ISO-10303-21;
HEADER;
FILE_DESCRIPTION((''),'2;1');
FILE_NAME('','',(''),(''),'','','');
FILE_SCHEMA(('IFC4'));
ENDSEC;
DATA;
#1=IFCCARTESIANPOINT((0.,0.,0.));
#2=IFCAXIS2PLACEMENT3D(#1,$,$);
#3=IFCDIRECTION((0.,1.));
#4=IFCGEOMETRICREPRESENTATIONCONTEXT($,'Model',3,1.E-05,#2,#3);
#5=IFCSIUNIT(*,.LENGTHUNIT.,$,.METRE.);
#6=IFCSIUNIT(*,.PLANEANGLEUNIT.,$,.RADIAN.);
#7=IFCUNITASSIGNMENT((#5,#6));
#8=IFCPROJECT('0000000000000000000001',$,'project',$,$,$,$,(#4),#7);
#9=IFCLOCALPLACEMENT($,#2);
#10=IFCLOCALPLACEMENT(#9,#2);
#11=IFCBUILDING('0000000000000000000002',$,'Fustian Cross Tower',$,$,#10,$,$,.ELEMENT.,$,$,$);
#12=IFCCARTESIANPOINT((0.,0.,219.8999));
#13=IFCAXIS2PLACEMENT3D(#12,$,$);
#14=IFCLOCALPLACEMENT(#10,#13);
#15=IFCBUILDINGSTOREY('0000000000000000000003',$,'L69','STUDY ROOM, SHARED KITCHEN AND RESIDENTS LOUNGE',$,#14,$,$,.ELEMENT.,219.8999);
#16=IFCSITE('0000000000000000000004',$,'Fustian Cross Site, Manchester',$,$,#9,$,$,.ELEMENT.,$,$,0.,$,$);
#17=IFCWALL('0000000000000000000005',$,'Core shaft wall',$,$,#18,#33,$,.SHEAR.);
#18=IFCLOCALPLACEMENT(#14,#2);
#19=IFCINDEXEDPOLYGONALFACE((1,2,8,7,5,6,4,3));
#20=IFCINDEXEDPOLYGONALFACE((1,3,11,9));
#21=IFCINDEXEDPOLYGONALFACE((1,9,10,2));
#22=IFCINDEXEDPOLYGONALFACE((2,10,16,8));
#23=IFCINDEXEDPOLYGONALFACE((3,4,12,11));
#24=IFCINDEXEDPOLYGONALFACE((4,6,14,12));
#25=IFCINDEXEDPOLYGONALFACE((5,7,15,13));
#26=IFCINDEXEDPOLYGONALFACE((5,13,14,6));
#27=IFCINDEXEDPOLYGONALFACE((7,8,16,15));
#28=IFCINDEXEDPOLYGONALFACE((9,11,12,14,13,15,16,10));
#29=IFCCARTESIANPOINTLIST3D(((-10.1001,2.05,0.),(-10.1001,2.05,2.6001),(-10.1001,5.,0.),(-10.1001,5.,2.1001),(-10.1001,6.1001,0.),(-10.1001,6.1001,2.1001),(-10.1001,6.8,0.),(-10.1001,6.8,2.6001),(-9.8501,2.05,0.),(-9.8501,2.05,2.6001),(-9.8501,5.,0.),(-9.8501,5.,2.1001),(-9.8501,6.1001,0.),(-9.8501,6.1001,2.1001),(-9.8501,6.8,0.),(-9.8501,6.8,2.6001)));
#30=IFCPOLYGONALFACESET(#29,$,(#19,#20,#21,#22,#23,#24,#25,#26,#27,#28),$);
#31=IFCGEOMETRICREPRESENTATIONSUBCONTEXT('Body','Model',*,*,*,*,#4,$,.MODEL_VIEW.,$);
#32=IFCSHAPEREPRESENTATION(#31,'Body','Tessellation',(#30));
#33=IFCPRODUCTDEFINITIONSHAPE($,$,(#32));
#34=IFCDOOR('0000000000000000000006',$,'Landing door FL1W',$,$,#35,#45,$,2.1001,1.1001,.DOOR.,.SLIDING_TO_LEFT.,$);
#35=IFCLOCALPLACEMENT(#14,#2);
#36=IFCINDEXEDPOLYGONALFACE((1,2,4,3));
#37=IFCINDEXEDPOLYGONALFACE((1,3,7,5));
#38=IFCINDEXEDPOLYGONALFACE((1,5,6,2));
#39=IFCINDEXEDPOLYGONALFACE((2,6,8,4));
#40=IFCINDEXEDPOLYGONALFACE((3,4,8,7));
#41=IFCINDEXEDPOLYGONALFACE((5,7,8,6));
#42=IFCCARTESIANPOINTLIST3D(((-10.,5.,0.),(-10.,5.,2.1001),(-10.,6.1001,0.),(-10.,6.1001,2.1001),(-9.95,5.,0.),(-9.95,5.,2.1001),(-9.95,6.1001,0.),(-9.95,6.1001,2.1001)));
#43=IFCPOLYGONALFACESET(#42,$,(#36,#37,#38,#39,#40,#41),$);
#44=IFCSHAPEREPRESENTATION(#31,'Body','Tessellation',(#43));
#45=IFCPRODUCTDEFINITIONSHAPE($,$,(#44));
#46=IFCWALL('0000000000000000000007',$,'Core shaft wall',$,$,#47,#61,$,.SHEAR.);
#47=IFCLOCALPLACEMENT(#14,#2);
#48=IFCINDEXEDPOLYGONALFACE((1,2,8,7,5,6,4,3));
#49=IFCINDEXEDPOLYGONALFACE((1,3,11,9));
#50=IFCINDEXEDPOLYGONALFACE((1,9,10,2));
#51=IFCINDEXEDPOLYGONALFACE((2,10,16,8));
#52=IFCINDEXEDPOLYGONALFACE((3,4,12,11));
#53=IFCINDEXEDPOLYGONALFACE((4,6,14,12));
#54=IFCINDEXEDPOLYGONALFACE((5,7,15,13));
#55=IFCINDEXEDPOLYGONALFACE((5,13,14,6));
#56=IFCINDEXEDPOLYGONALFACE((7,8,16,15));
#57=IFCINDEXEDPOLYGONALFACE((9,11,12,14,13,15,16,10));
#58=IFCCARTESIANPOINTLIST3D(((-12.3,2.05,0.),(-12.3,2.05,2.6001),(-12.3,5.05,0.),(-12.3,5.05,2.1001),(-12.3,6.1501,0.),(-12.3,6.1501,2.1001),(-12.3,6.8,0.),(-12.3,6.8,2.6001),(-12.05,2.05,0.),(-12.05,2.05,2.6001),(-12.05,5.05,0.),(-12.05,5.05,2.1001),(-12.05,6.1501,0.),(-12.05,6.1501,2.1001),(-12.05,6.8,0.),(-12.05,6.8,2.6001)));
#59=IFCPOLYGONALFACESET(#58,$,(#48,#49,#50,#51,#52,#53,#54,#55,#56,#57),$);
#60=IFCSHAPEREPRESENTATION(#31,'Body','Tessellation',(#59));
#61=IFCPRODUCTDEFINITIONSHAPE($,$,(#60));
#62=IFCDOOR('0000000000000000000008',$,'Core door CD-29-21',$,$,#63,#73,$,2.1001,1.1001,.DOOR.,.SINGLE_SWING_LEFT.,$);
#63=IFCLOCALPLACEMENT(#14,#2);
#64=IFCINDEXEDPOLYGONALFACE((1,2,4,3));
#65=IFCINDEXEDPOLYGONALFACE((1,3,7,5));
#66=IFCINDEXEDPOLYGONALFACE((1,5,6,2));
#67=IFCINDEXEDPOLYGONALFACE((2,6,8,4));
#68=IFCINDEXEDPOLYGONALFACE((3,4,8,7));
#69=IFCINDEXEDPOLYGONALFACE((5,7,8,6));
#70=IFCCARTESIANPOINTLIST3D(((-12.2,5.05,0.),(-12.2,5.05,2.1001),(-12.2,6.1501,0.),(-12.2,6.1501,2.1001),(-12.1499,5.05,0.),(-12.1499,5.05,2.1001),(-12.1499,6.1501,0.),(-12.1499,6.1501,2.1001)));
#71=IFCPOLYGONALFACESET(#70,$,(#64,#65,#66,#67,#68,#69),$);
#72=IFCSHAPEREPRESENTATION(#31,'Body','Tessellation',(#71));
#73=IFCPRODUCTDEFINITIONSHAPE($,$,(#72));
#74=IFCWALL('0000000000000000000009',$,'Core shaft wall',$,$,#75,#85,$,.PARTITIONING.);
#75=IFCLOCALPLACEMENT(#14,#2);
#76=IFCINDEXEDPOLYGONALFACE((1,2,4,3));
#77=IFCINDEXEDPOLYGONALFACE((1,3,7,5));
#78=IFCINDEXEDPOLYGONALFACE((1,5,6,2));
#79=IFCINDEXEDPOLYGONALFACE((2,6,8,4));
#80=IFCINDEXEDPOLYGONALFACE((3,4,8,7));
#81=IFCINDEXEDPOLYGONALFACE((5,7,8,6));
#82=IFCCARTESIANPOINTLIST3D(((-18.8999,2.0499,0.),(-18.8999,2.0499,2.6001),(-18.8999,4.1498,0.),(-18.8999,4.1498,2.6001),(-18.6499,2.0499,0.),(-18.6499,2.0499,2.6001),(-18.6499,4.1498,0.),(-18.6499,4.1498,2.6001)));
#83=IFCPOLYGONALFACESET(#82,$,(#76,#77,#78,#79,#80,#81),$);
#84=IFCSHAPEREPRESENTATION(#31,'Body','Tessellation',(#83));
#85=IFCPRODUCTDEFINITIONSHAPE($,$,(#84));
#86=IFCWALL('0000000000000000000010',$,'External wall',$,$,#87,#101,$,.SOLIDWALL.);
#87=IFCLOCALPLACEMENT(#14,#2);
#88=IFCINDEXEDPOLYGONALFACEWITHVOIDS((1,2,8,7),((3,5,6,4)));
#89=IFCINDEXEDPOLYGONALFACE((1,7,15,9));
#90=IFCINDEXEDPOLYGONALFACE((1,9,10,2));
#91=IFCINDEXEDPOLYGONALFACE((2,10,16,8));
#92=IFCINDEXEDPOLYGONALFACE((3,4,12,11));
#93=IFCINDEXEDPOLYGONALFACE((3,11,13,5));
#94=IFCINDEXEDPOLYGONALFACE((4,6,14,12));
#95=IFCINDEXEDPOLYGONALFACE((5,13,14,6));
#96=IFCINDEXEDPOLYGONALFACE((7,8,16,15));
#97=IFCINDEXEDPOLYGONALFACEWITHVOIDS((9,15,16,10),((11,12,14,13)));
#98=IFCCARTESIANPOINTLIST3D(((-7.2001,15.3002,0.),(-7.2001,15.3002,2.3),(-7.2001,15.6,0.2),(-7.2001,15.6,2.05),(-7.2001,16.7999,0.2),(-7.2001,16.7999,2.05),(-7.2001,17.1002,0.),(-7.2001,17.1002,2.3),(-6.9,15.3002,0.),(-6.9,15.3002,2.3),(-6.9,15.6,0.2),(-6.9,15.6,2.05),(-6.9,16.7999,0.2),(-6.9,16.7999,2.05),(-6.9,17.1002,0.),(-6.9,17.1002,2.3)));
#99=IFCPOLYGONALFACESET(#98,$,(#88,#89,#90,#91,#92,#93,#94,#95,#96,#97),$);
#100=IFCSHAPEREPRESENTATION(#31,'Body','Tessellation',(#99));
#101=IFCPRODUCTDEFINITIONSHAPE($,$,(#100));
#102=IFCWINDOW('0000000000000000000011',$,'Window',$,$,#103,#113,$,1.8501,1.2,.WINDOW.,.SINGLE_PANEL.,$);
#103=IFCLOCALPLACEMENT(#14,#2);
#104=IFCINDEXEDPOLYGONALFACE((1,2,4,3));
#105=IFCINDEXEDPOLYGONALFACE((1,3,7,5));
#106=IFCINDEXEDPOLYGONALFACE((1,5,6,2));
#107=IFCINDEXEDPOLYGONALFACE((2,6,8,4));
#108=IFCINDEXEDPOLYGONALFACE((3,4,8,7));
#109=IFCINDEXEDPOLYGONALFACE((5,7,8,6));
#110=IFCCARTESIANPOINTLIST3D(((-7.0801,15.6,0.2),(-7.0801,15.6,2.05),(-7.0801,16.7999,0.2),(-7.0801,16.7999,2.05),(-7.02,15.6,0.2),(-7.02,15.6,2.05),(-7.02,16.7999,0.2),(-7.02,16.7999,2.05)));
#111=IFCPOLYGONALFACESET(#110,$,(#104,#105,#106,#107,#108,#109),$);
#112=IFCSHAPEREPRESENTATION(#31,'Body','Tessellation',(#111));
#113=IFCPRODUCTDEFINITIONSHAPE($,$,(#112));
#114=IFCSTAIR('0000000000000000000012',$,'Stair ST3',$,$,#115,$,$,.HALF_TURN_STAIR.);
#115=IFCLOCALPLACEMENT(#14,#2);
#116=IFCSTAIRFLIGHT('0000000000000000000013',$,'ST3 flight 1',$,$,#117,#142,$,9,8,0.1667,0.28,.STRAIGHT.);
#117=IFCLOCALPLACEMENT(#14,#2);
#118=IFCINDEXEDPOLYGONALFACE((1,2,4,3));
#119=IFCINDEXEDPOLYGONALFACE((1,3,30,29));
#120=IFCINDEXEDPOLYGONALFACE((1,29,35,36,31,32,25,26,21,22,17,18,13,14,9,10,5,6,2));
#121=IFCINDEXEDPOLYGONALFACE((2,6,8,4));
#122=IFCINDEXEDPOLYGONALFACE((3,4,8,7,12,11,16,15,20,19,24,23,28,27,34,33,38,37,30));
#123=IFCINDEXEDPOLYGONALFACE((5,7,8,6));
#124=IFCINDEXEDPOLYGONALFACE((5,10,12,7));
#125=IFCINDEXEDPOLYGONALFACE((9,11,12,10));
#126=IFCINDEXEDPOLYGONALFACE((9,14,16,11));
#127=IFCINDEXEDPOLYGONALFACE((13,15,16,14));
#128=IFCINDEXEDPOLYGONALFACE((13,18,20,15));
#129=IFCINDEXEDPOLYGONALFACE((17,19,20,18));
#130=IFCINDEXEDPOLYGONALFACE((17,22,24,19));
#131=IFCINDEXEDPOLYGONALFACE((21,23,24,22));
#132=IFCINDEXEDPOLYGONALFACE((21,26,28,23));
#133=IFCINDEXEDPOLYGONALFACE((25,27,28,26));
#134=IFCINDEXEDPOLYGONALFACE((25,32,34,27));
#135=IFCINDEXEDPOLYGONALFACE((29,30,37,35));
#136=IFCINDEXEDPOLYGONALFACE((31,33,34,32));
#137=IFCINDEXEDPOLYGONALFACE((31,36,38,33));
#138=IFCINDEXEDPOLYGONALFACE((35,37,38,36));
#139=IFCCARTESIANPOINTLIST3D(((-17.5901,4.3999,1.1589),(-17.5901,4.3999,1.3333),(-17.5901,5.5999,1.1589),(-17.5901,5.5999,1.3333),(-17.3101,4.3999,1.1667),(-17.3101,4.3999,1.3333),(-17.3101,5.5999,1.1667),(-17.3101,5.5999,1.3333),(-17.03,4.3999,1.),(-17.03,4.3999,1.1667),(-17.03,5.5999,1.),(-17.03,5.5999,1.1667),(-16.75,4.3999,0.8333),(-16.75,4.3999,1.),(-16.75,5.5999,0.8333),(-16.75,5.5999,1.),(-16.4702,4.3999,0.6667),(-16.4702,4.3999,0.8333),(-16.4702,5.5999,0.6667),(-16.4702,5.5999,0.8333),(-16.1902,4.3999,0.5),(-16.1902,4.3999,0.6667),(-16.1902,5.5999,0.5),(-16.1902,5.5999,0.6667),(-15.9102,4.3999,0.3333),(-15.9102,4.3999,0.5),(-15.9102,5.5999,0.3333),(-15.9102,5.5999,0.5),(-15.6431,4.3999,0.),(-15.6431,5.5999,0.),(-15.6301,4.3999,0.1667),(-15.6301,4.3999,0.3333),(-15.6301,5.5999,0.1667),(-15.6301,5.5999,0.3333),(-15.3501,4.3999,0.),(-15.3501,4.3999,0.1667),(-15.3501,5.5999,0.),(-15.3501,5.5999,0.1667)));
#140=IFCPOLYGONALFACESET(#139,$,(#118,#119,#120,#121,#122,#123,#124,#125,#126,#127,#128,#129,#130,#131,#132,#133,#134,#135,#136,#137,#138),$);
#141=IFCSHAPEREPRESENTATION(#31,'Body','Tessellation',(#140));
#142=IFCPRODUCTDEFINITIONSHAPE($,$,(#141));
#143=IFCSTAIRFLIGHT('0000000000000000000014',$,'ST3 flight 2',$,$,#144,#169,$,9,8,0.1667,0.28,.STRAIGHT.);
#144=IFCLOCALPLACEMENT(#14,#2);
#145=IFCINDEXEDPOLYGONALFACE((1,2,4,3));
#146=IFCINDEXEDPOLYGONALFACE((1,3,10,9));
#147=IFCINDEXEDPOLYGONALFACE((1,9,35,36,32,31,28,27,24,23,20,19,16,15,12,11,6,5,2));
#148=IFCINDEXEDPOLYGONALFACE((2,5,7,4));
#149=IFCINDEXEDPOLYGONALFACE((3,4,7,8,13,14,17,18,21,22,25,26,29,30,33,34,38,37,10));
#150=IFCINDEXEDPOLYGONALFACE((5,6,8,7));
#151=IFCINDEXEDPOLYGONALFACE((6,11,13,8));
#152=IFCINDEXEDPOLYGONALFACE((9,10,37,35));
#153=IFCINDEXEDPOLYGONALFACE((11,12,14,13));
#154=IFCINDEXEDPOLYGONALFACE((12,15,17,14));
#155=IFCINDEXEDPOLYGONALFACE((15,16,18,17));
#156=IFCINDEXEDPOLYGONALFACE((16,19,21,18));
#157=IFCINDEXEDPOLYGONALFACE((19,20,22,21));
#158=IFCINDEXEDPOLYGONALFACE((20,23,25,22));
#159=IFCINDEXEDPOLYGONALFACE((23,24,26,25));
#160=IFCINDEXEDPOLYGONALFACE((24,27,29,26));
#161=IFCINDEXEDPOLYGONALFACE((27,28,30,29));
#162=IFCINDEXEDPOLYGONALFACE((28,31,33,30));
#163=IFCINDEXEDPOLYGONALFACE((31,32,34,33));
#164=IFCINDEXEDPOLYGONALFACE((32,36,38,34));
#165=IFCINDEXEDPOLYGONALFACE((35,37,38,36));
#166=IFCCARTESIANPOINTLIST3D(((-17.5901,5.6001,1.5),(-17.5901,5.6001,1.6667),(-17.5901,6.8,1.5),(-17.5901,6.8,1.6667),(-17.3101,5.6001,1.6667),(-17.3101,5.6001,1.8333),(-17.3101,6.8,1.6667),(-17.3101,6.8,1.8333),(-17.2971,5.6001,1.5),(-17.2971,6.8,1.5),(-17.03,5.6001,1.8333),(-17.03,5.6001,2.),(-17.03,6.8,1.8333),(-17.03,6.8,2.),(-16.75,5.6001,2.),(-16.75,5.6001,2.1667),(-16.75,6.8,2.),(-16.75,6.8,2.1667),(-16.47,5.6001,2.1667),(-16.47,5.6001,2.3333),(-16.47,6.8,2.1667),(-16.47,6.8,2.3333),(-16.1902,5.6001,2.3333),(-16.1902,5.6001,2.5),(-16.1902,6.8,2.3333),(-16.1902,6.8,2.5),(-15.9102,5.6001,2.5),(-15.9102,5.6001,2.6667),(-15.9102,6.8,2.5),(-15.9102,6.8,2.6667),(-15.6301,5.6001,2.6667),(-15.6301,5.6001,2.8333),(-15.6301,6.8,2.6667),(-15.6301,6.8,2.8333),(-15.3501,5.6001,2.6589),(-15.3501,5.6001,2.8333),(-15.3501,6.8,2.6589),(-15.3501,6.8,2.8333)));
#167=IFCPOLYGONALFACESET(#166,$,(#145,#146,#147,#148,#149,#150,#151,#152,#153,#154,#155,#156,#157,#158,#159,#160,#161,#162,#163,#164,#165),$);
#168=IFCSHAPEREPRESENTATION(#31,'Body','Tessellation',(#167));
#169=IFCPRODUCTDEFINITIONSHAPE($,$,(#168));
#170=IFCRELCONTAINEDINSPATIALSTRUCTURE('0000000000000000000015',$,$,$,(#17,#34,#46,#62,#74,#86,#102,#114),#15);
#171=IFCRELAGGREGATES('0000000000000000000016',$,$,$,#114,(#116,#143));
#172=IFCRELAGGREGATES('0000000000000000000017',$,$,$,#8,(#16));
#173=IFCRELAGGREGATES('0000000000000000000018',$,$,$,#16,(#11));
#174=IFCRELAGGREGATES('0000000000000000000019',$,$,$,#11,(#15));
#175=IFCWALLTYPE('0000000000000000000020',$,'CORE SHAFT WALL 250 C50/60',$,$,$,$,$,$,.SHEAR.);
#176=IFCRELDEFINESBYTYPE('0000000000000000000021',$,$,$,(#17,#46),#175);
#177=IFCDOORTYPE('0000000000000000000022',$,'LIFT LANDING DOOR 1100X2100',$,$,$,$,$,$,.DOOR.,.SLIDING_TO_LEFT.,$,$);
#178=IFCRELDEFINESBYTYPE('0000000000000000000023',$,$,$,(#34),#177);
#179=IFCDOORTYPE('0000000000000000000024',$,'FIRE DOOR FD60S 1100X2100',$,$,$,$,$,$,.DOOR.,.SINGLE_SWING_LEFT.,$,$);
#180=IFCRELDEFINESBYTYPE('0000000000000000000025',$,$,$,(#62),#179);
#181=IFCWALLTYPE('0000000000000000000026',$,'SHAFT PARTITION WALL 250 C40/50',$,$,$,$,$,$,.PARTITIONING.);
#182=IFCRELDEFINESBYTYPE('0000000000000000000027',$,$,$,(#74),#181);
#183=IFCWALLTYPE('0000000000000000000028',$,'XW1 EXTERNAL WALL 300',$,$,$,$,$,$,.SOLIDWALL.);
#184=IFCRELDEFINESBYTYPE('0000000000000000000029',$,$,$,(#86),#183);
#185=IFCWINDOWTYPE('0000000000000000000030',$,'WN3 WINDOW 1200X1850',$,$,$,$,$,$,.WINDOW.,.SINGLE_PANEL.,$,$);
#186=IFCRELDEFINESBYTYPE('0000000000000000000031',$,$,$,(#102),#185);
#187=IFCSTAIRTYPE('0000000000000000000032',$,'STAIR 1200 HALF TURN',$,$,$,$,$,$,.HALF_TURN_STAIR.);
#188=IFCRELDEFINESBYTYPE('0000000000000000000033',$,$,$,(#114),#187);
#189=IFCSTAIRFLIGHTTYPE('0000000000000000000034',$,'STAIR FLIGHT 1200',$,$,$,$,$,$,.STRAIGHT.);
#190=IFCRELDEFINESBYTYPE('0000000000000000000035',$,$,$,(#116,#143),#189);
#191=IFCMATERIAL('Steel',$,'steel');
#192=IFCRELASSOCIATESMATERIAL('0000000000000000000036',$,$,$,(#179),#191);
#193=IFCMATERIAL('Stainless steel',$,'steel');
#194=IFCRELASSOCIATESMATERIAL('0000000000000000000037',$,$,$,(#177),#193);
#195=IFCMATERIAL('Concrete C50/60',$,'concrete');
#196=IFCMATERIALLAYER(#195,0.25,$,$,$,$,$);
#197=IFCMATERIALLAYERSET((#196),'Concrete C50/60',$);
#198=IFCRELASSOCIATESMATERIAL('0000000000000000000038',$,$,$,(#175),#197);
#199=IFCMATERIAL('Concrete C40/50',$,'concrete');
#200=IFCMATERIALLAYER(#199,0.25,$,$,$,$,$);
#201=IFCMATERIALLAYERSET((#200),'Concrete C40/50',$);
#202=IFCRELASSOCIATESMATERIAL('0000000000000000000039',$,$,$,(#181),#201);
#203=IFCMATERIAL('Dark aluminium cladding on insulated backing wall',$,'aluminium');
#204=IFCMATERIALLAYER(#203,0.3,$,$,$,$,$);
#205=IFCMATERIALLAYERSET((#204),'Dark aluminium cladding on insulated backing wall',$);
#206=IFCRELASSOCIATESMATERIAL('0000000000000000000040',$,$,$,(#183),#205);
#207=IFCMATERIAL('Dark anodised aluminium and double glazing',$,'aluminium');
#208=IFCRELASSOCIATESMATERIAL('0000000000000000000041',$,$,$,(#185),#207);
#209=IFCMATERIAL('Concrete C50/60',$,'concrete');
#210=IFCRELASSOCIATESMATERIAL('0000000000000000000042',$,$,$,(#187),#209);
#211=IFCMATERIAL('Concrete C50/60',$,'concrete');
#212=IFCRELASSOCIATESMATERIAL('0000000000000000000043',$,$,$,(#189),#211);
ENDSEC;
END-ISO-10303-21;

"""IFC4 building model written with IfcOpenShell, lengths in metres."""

from ifc_helpers import new_model, si_unit, direction, frame, frame_2d, origin, place, context, subcontext, project, spatial, polyline, rectangle, outline, extrude, material, layer, layer_set, type_object, element, fill, aggregate, save


model = new_model("IFC4")

# Units and contexts
model_context = context("Model", 3, precision=1e-05, world=origin(), true_north=direction((0.0, 1.0)))
body_context = subcontext(model_context, "Body", "Model", "MODEL_VIEW")
ifc_project = project(units=[si_unit("LENGTHUNIT", "METRE"), si_unit("PLANEANGLEUNIT", "RADIAN")], contexts=[model_context])

# Site, building, storey
site_placement = place(None, origin())
site = spatial("IfcSite", under=ifc_project, at=site_placement, Name="Fustian Cross Site, Manchester", CompositionType="ELEMENT", RefElevation=0.0)
building_placement = place(site_placement, origin())
building = spatial("IfcBuilding", under=site, at=building_placement, Name="Fustian Cross Tower", CompositionType="ELEMENT")
storey_placement = place(building_placement, frame((0.0, 0.0, 219.8999)))
storey = spatial("IfcBuildingStorey", under=building, at=storey_placement, Name="L69", Description="STUDY ROOM, SHARED KITCHEN AND RESIDENTS LOUNGE", CompositionType="ELEMENT", Elevation=219.8999)

# Shared definitions
ifc_material_1 = material(Name="Steel", Category="steel")
door_type_1 = type_object("IfcDoorType", Name="FIRE DOOR FD60S 1100X2100", OperationType="SINGLE_SWING_LEFT", PredefinedType="DOOR", material=ifc_material_1)
ifc_material_2 = material(Name="Stainless steel", Category="steel")
door_type_2 = type_object("IfcDoorType", Name="LIFT LANDING DOOR 1100X2100", OperationType="SLIDING_TO_LEFT", PredefinedType="DOOR", material=ifc_material_2)

# Shared definitions
ifc_material_3 = material(Name="Concrete C50/60", Category="concrete")
ifc_layer_1 = layer(ifc_material_3, 0.25)
ifc_layer_set_1 = layer_set([ifc_layer_1], Name="Concrete C50/60")
wall_type_1 = type_object("IfcWallType", Name="CORE SHAFT WALL 250 C50/60", PredefinedType="SHEAR", material=ifc_layer_set_1)

# Walls, openings, doors
wall_1_placement = place(storey_placement, frame((-9.9751, 2.05, 0.0), z_axis=(0.0, 0.0, 1.0), x_axis=(0.0, 1.0, 0.0)))
wall_1 = element("IfcWall", 1, at=wall_1_placement, inside=storey, type_object=wall_type_1, Name="Core shaft wall", PredefinedType="SHEAR", context=body_context, shape_type="SweptSolid", body=[
    extrude(rectangle(XDim=4.75, YDim=0.25, at=frame_2d((2.375, 0.0))), origin(), (0.0, 0.0, 1.0), 2.6001),
])
opening_1_placement = place(wall_1_placement, frame((2.95, 0.0, 0.0)))
opening_1 = element("IfcOpeningElement", 2, at=opening_1_placement, cuts=wall_1, PredefinedType="OPENING", context=body_context, shape_type="SweptSolid", body=[
    extrude(rectangle(XDim=1.1001, YDim=2.1001, at=frame_2d((0.55, 1.05))), frame((0.0, 0.135, 0.0), z_axis=(0.0, -1.0, 0.0), x_axis=(1.0, 0.0, 0.0)), (0.0, 0.0, 1.0), 0.27),
])
door_1_placement = place(opening_1_placement, origin())
door_1 = element("IfcDoor", 3, at=door_1_placement, inside=storey, type_object=door_type_2, Name="Landing door FL1W", OperationType="SLIDING_TO_LEFT", OverallHeight=2.1001, OverallWidth=1.1001, PredefinedType="DOOR", context=body_context, shape_type="SweptSolid", body=[
    extrude(rectangle(XDim=1.1001, YDim=2.1001, at=frame_2d((0.55, 1.05))), frame((0.0, 0.0249, 0.0), z_axis=(0.0, -1.0, 0.0), x_axis=(1.0, 0.0, 0.0)), (0.0, 0.0, 1.0), 0.05),
])
fill(opening_1, door_1)
wall_2_placement = place(storey_placement, frame((-12.175, 2.05, 0.0), z_axis=(0.0, 0.0, 1.0), x_axis=(0.0, 1.0, 0.0)))
wall_2 = element("IfcWall", 4, at=wall_2_placement, inside=storey, type_object=wall_type_1, Name="Core shaft wall", PredefinedType="SHEAR", context=body_context, shape_type="SweptSolid", body=[
    extrude(rectangle(XDim=4.75, YDim=0.25, at=frame_2d((2.375, 0.0))), origin(), (0.0, 0.0, 1.0), 2.6001),
])
opening_2_placement = place(wall_2_placement, frame((3.0, 0.0, 0.0)))
opening_2 = element("IfcOpeningElement", 5, at=opening_2_placement, cuts=wall_2, PredefinedType="OPENING", context=body_context, shape_type="SweptSolid", body=[
    extrude(rectangle(XDim=1.1001, YDim=2.1001, at=frame_2d((0.55, 1.05))), frame((0.0, 0.135, 0.0), z_axis=(0.0, -1.0, 0.0), x_axis=(1.0, 0.0, 0.0)), (0.0, 0.0, 1.0), 0.27),
])
door_2_placement = place(opening_2_placement, origin())
door_2 = element("IfcDoor", 6, at=door_2_placement, inside=storey, type_object=door_type_1, Name="Core door CD-29-21", OperationType="SINGLE_SWING_LEFT", OverallHeight=2.1001, OverallWidth=1.1001, PredefinedType="DOOR", context=body_context, shape_type="SweptSolid", body=[
    extrude(rectangle(XDim=1.1001, YDim=2.1001, at=frame_2d((0.55, 1.05))), frame((0.0, 0.0249, 0.0), z_axis=(0.0, -1.0, 0.0), x_axis=(1.0, 0.0, 0.0)), (0.0, 0.0, 1.0), 0.05),
])
fill(opening_2, door_2)

# Wall
ifc_material_4 = material(Name="Concrete C40/50", Category="concrete")
ifc_layer_2 = layer(ifc_material_4, 0.25)
ifc_layer_set_2 = layer_set([ifc_layer_2], Name="Concrete C40/50")
wall_type_2 = type_object("IfcWallType", Name="SHAFT PARTITION WALL 250 C40/50", PredefinedType="PARTITIONING", material=ifc_layer_set_2)
wall_3_placement = place(storey_placement, frame((-18.7749, 2.05, 0.0), z_axis=(0.0, 0.0, 1.0), x_axis=(0.0, 1.0, 0.0)))
element("IfcWall", 7, at=wall_3_placement, inside=storey, type_object=wall_type_2, Name="Core shaft wall", PredefinedType="PARTITIONING", context=body_context, shape_type="SweptSolid", body=[
    extrude(rectangle(XDim=2.0999, YDim=0.25, at=frame_2d((1.0498, 0.0))), origin(), (0.0, 0.0, 1.0), 2.6001),
])

# Wall, opening, window
ifc_material_5 = material(Name="Dark aluminium cladding on insulated backing wall", Category="aluminium")
ifc_layer_3 = layer(ifc_material_5, 0.3)
ifc_layer_set_3 = layer_set([ifc_layer_3], Name="Dark aluminium cladding on insulated backing wall")
wall_type_3 = type_object("IfcWallType", Name="XW1 EXTERNAL WALL 300", PredefinedType="SOLIDWALL", material=ifc_layer_set_3)
wall_4_placement = place(storey_placement, frame((-7.05, 17.1001, 0.0), z_axis=(0.0, 0.0, 1.0), x_axis=(0.0, -1.0, 0.0)))
wall_4 = element("IfcWall", 8, at=wall_4_placement, inside=storey, type_object=wall_type_3, Name="External wall", PredefinedType="SOLIDWALL", context=body_context, shape_type="SweptSolid", body=[
    extrude(rectangle(XDim=1.8, YDim=0.3, at=frame_2d((0.8999, 0.0))), origin(), (0.0, 0.0, 1.0), 2.3),
])
opening_3_placement = place(wall_4_placement, frame((0.3, 0.0, 0.2)))
opening_3 = element("IfcOpeningElement", 9, at=opening_3_placement, cuts=wall_4, PredefinedType="OPENING", context=body_context, shape_type="SweptSolid", body=[
    extrude(rectangle(XDim=1.2, YDim=1.8501, at=frame_2d((0.6001, 0.925))), frame((0.0, 0.1599, 0.0), z_axis=(0.0, -1.0, 0.0), x_axis=(1.0, 0.0, 0.0)), (0.0, 0.0, 1.0), 0.3201),
])
ifc_material_6 = material(Name="Dark anodised aluminium and double glazing", Category="aluminium")
window_type = type_object("IfcWindowType", Name="WN3 WINDOW 1200X1850", PartitioningType="SINGLE_PANEL", PredefinedType="WINDOW", material=ifc_material_6)
window_placement = place(opening_3_placement, origin())
window = element("IfcWindow", 10, at=window_placement, inside=storey, type_object=window_type, Name="Window", OverallHeight=1.8501, OverallWidth=1.2, PartitioningType="SINGLE_PANEL", PredefinedType="WINDOW", context=body_context, shape_type="SweptSolid", body=[
    extrude(rectangle(XDim=1.2, YDim=1.8501, at=frame_2d((0.6001, 0.925))), frame((0.0, 0.03, 0.0), z_axis=(0.0, -1.0, 0.0), x_axis=(1.0, 0.0, 0.0)), (0.0, 0.0, 1.0), 0.0601),
])
fill(opening_3, window)

# Stair, stair flights
ifc_material_7 = material(Name="Concrete C50/60", Category="concrete")
stair_type = type_object("IfcStairType", Name="STAIR 1200 HALF TURN", PredefinedType="HALF_TURN_STAIR", material=ifc_material_7)
stair_placement = place(storey_placement, origin())
stair = element("IfcStair", 11, at=stair_placement, inside=storey, type_object=stair_type, Name="Stair ST3", PredefinedType="HALF_TURN_STAIR")
ifc_material_8 = material(Name="Concrete C50/60", Category="concrete")
stair_flight_type = type_object("IfcStairFlightType", Name="STAIR FLIGHT 1200", PredefinedType="STRAIGHT", material=ifc_material_8)
stair_flight_1_placement = place(storey_placement, frame((-15.3501, 5.0, 0.0), z_axis=(0.0, 0.0, 1.0), x_axis=(-1.0, 0.0, 0.0)))
stair_flight_1 = element("IfcStairFlight", 12, at=stair_flight_1_placement, type_object=stair_flight_type, Name="ST3 flight 1", NumberOfRisers=9, NumberOfTreads=8, PredefinedType="STRAIGHT", RiserHeight=0.1667, TreadLength=0.28, context=body_context, shape_type="SweptSolid", body=[
    extrude(outline(polyline([(0.0, 0.0), (0.0, 0.1667), (0.28, 0.1667), (0.28, 0.3333), (0.5601, 0.3333), (0.5601, 0.5), (0.8401, 0.5), (0.8401, 0.6667), (1.1201, 0.6667), (1.1201, 0.8333), (1.3999, 0.8333), (1.3999, 1.0), (1.6799, 1.0), (1.6799, 1.1667), (1.96, 1.1667), (1.96, 1.3333), (2.24, 1.3333), (2.24, 1.5), (2.24, 1.1589), (0.293, 0.0), (0.0, 0.0)])), frame((0.0, 0.6001, 0.0), z_axis=(0.0, -1.0, 0.0), x_axis=(1.0, 0.0, 0.0)), (0.0, 0.0, 1.0), 1.2),
])
stair_flight_2_placement = place(storey_placement, frame((-17.5901, 6.2, 1.5), z_axis=(0.0, 0.0, 1.0), x_axis=(1.0, 0.0, 0.0)))
stair_flight_2 = element("IfcStairFlight", 13, at=stair_flight_2_placement, type_object=stair_flight_type, Name="ST3 flight 2", NumberOfRisers=9, NumberOfTreads=8, PredefinedType="STRAIGHT", RiserHeight=0.1667, TreadLength=0.28, context=body_context, shape_type="SweptSolid", body=[
    extrude(outline(polyline([(0.0, 0.0), (0.0, 0.1667), (0.28, 0.1667), (0.28, 0.3333), (0.5601, 0.3333), (0.5601, 0.5), (0.8401, 0.5), (0.8401, 0.6667), (1.1201, 0.6667), (1.1201, 0.8333), (1.3999, 0.8333), (1.3999, 1.0), (1.6799, 1.0), (1.6799, 1.1667), (1.96, 1.1667), (1.96, 1.3333), (2.24, 1.3333), (2.24, 1.5), (2.24, 1.1589), (0.293, 0.0), (0.0, 0.0)])), frame((0.0, 0.6001, 0.0), z_axis=(0.0, -1.0, 0.0), x_axis=(1.0, 0.0, 0.0)), (0.0, 0.0, 1.0), 1.2),
])
aggregate(stair, [stair_flight_1, stair_flight_2])

save(model, "model.ifc")
